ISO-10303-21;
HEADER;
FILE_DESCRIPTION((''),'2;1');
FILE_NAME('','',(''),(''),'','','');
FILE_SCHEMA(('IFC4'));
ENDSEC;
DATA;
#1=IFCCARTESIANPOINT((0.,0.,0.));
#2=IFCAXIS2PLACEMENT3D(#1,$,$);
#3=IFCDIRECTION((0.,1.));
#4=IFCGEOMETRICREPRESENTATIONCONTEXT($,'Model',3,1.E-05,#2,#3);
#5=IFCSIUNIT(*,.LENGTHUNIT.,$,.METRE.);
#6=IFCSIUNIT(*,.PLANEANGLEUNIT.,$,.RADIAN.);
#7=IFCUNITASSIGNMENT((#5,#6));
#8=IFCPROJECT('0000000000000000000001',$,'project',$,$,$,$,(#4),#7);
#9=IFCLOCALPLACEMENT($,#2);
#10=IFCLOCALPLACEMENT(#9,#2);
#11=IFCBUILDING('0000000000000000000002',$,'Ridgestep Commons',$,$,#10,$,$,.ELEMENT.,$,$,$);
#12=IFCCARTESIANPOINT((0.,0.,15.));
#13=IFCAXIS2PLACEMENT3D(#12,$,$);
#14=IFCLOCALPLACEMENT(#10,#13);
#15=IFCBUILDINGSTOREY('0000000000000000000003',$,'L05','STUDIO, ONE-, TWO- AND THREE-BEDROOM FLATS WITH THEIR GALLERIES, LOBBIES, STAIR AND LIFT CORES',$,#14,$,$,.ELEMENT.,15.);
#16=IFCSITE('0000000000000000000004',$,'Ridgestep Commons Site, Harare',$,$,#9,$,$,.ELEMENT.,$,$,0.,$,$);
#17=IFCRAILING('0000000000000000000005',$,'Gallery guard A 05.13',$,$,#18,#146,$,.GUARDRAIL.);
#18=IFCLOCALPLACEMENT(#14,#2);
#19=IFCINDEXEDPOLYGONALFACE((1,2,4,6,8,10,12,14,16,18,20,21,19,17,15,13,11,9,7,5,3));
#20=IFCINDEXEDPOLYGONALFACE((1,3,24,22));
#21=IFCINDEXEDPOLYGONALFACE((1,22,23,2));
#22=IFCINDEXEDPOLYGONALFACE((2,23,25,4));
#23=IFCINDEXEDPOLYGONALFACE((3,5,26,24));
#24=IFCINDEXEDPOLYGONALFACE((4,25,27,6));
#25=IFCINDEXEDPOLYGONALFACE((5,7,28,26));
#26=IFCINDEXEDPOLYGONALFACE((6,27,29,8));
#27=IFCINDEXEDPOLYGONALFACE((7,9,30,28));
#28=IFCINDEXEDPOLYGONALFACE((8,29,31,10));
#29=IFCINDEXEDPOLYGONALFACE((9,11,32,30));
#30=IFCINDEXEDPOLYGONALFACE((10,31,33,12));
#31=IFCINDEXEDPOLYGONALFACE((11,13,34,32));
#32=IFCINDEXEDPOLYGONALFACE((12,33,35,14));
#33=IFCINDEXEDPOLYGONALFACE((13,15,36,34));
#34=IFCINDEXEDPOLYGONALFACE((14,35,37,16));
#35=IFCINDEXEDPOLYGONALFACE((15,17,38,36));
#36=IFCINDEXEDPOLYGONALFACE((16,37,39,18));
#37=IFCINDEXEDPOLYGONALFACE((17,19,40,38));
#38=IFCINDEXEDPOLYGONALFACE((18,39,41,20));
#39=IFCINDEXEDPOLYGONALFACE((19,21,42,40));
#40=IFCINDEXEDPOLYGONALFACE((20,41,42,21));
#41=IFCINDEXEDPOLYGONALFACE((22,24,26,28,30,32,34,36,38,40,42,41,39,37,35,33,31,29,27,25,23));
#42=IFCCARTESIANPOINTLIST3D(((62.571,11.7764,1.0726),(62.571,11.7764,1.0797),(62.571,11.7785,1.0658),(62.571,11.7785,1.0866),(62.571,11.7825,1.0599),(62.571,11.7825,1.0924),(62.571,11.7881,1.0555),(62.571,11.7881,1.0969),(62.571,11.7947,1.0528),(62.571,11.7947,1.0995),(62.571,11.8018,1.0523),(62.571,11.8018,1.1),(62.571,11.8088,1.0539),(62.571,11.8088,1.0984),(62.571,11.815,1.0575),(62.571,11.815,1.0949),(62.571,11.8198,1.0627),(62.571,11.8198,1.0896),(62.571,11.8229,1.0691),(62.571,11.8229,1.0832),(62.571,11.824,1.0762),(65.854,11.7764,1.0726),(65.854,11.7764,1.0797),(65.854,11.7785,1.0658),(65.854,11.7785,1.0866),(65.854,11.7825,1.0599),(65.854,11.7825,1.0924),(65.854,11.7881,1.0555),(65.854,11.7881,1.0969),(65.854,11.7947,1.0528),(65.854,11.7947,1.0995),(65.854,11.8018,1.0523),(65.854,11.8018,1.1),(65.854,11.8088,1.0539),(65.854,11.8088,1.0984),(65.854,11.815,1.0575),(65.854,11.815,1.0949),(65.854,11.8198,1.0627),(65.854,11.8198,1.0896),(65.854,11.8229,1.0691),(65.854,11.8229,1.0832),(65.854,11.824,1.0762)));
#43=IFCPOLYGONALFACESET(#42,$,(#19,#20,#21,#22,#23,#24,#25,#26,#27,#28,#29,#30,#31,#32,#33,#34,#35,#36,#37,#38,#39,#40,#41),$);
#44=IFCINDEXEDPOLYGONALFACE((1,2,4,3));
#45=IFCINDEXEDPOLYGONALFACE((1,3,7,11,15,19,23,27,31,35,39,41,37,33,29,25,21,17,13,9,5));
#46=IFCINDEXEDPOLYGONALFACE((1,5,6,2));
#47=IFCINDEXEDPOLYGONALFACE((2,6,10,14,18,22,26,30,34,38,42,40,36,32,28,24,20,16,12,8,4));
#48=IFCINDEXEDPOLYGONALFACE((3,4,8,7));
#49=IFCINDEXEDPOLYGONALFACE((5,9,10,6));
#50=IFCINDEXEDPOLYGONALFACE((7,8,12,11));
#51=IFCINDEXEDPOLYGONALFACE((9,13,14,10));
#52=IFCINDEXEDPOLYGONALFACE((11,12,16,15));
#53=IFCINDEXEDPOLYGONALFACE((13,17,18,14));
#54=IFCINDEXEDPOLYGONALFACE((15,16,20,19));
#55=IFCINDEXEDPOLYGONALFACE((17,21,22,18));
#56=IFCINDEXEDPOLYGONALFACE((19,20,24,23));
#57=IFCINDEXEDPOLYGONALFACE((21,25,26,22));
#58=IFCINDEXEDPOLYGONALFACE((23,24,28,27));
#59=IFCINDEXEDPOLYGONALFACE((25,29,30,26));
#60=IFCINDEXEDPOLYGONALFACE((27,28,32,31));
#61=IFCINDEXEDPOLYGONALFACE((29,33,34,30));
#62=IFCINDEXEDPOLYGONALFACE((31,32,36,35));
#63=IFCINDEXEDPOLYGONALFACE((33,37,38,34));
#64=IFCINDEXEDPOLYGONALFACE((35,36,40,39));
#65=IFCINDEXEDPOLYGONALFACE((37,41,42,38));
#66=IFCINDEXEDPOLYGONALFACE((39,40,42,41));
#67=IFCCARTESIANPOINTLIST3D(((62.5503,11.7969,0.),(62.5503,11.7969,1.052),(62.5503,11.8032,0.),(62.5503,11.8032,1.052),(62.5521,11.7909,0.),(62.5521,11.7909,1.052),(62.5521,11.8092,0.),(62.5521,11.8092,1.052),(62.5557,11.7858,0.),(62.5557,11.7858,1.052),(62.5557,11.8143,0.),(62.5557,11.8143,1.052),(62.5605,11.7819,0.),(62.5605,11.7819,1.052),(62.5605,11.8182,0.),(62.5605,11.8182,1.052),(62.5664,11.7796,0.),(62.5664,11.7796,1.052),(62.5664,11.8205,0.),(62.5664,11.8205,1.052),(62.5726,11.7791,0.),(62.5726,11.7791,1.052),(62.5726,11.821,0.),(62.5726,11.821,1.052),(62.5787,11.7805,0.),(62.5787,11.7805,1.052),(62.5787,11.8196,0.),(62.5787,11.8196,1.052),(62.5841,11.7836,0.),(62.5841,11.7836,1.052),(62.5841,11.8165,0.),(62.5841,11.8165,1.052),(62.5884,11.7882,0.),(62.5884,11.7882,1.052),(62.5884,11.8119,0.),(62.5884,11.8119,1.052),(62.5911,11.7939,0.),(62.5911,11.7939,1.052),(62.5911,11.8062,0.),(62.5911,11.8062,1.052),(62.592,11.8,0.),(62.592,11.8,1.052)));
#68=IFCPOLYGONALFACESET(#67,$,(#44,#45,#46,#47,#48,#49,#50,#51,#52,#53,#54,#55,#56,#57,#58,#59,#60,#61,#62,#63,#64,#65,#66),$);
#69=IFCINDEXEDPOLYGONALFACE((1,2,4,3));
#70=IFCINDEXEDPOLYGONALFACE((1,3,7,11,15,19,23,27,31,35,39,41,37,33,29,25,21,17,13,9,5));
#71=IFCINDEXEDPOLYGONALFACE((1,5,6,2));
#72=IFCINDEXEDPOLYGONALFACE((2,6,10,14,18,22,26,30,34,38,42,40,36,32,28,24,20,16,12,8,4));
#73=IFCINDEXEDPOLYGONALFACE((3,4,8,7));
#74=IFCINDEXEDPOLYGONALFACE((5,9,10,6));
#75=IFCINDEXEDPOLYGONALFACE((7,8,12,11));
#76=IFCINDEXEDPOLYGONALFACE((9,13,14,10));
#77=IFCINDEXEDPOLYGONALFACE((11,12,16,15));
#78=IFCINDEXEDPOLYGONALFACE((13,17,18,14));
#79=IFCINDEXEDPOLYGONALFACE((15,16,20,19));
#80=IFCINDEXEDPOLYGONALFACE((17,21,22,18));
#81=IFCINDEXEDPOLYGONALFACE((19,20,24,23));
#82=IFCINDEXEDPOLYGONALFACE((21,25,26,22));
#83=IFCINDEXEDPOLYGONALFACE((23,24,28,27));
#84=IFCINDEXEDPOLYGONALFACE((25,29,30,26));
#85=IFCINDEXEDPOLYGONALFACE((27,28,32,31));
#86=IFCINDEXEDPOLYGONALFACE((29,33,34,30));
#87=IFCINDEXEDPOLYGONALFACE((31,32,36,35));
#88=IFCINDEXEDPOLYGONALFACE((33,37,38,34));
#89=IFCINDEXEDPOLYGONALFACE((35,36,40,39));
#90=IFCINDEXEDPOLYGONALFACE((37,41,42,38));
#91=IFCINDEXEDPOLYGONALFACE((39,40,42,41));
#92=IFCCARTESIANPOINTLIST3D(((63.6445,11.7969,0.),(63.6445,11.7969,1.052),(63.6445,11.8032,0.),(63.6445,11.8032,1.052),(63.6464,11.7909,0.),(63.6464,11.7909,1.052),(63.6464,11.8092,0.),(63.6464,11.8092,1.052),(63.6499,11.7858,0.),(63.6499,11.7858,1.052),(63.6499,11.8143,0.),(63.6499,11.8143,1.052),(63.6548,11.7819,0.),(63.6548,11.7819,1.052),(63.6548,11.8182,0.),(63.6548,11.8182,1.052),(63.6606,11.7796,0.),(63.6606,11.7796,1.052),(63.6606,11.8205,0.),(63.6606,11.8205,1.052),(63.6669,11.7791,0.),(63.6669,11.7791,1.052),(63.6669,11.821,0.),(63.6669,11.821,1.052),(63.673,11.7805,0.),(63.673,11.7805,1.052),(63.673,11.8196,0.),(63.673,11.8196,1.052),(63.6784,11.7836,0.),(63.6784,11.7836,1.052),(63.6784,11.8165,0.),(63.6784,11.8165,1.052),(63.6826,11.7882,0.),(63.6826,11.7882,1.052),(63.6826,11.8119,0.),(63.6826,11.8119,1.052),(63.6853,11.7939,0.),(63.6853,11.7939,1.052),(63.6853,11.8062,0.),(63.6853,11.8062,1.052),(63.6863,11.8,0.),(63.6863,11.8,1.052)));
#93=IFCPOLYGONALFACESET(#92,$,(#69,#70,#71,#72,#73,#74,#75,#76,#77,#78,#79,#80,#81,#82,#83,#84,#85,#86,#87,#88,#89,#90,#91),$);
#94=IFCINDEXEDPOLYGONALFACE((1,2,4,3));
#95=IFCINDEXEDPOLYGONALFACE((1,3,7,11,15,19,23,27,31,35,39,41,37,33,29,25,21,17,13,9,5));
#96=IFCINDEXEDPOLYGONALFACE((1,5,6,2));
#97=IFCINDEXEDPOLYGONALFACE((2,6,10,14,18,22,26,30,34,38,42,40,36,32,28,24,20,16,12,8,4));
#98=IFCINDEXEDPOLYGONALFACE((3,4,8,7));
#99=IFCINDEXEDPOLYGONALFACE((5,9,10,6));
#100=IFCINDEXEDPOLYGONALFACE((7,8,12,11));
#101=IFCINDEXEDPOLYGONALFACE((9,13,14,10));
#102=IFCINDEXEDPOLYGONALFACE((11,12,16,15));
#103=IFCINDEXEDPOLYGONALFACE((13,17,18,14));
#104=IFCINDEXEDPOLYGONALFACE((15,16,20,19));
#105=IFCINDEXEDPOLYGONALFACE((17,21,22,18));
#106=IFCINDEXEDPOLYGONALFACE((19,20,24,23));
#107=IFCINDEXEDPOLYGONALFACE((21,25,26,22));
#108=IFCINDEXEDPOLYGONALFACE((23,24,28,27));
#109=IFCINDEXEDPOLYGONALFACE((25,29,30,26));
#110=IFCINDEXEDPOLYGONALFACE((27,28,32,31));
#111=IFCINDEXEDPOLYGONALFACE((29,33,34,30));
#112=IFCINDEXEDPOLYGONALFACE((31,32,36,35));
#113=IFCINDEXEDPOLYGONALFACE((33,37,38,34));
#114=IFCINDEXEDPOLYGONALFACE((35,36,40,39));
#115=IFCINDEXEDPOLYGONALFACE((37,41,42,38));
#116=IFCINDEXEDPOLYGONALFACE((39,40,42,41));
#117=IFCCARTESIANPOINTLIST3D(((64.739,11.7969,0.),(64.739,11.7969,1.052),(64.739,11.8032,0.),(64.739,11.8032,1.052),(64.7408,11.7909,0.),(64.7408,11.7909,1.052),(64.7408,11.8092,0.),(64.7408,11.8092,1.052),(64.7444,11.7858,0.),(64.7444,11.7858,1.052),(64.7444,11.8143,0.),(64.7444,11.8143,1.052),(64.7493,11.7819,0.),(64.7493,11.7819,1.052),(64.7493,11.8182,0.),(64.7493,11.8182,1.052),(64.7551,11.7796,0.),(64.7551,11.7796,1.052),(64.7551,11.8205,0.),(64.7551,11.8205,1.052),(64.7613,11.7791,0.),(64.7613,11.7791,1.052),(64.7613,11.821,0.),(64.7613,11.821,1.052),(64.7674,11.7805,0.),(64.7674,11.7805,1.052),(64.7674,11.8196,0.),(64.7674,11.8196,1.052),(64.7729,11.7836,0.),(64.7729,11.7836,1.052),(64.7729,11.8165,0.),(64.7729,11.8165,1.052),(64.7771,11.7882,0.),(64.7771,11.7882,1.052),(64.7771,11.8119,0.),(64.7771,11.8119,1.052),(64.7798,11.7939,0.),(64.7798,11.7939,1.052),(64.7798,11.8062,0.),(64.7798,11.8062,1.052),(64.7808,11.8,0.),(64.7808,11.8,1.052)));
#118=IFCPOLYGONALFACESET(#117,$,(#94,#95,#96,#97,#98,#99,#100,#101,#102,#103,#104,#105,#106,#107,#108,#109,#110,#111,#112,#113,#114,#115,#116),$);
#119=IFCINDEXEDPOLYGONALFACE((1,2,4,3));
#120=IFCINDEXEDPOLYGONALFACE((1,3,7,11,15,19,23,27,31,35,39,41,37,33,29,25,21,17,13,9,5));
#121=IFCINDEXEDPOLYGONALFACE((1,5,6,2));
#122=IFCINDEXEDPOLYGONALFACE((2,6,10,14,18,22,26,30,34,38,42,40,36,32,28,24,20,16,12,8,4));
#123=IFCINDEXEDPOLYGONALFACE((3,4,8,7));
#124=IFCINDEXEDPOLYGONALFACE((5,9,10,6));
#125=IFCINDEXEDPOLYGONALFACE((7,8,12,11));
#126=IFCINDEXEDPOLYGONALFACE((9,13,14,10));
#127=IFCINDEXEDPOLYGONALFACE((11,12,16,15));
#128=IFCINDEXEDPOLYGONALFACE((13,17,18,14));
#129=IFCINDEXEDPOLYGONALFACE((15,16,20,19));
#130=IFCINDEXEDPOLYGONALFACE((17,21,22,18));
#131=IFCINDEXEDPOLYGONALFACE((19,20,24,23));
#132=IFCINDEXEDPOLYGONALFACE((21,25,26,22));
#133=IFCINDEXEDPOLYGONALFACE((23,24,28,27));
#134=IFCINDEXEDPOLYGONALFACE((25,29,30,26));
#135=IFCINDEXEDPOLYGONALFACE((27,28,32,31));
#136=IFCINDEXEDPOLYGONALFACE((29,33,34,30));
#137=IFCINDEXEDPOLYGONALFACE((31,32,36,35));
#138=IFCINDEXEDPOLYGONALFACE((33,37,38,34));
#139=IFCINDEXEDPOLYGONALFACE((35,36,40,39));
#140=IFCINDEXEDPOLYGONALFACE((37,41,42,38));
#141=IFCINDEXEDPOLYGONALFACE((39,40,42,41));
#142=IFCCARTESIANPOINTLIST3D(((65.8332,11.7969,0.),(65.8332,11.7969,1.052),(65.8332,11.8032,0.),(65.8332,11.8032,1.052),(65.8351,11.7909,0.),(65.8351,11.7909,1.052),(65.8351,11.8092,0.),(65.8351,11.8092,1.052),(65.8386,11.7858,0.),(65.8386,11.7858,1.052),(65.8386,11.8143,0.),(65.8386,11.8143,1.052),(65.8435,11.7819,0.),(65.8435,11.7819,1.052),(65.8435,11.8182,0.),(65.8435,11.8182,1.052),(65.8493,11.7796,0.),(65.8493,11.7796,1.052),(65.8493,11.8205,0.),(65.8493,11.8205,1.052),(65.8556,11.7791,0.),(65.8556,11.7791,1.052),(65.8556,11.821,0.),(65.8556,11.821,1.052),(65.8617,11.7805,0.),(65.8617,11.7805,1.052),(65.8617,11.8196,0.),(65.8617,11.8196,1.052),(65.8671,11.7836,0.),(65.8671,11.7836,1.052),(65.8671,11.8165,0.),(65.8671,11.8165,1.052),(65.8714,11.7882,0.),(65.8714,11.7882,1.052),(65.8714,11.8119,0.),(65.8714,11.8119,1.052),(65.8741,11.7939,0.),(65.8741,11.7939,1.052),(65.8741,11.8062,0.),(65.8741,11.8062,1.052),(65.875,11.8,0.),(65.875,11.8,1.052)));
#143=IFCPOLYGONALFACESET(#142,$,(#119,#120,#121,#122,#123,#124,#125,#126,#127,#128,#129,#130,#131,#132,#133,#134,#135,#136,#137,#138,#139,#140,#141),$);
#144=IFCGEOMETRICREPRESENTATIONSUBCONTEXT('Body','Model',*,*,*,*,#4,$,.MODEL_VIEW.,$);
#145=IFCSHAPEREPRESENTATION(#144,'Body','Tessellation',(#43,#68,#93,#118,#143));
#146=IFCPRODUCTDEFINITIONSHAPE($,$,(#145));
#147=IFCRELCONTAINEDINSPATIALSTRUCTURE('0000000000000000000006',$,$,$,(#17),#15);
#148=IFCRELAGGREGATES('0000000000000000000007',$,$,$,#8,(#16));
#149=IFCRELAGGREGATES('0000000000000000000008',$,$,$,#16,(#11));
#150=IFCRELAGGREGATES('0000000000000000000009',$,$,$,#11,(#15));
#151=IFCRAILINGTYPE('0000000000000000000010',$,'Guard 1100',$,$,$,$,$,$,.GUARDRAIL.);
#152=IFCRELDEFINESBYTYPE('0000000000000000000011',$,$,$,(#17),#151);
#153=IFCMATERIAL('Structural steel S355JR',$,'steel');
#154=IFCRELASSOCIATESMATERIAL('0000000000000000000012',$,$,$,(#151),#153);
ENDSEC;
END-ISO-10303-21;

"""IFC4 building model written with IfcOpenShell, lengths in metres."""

from ifc_helpers import new_model, si_unit, direction, frame, origin, origin_2d, place, context, subcontext, project, spatial, circle, extrude, material, type_object, element, save


model = new_model("IFC4")

# Units and contexts
model_context = context("Model", 3, precision=1e-05, world=origin(), true_north=direction((0.0, 1.0)))
body_context = subcontext(model_context, "Body", "Model", "MODEL_VIEW")
ifc_project = project(units=[si_unit("LENGTHUNIT", "METRE"), si_unit("PLANEANGLEUNIT", "RADIAN")], contexts=[model_context])

# Site, building, storey
site_placement = place(None, origin())
site = spatial("IfcSite", under=ifc_project, at=site_placement, Name="Ridgestep Commons Site, Harare", CompositionType="ELEMENT", RefElevation=0.0)
building_placement = place(site_placement, origin())
building = spatial("IfcBuilding", under=site, at=building_placement, Name="Ridgestep Commons", CompositionType="ELEMENT")
storey_placement = place(building_placement, frame((0.0, 0.0, 15.0)))
storey = spatial("IfcBuildingStorey", under=building, at=storey_placement, Name="L05", Description="STUDIO, ONE-, TWO- AND THREE-BEDROOM FLATS WITH THEIR GALLERIES, LOBBIES, STAIR AND LIFT CORES", CompositionType="ELEMENT", Elevation=15.0)

# Railing
ifc_material_1 = material(Name="Structural steel S355JR", Category="steel")
railing_type = type_object("IfcRailingType", Name="Guard 1100", PredefinedType="GUARDRAIL", material=ifc_material_1)
for number, where, name in (
    (1, (62.571, 11.8, 0.0), "Gallery guard A 05.13"),
):
    element("IfcRailing", number, at=place(storey_placement, frame(where)), inside=storey, type_object=railing_type, Name=name, PredefinedType="GUARDRAIL", context=body_context, shape_type="SweptSolid", body=[
        extrude(circle(Radius=0.0239, at=origin_2d()), frame((0.0, 0.0, 1.0762), z_axis=(1.0, 0.0, 0.0), x_axis=(0.0, 1.0, 0.0)), (0.0, 0.0, 1.0), 3.283),
        extrude(circle(Radius=0.021, at=origin_2d()), origin(), (0.0, 0.0, 1.0), 1.052),
        extrude(circle(Radius=0.021, at=origin_2d()), frame((1.0942, 0.0, 0.0)), (0.0, 0.0, 1.0), 1.052),
        extrude(circle(Radius=0.021, at=origin_2d()), frame((2.1887, 0.0, 0.0)), (0.0, 0.0, 1.0), 1.052),
        extrude(circle(Radius=0.021, at=origin_2d()), frame((3.283, 0.0, 0.0)), (0.0, 0.0, 1.0), 1.052),
    ])

save(model, "model.ifc")
